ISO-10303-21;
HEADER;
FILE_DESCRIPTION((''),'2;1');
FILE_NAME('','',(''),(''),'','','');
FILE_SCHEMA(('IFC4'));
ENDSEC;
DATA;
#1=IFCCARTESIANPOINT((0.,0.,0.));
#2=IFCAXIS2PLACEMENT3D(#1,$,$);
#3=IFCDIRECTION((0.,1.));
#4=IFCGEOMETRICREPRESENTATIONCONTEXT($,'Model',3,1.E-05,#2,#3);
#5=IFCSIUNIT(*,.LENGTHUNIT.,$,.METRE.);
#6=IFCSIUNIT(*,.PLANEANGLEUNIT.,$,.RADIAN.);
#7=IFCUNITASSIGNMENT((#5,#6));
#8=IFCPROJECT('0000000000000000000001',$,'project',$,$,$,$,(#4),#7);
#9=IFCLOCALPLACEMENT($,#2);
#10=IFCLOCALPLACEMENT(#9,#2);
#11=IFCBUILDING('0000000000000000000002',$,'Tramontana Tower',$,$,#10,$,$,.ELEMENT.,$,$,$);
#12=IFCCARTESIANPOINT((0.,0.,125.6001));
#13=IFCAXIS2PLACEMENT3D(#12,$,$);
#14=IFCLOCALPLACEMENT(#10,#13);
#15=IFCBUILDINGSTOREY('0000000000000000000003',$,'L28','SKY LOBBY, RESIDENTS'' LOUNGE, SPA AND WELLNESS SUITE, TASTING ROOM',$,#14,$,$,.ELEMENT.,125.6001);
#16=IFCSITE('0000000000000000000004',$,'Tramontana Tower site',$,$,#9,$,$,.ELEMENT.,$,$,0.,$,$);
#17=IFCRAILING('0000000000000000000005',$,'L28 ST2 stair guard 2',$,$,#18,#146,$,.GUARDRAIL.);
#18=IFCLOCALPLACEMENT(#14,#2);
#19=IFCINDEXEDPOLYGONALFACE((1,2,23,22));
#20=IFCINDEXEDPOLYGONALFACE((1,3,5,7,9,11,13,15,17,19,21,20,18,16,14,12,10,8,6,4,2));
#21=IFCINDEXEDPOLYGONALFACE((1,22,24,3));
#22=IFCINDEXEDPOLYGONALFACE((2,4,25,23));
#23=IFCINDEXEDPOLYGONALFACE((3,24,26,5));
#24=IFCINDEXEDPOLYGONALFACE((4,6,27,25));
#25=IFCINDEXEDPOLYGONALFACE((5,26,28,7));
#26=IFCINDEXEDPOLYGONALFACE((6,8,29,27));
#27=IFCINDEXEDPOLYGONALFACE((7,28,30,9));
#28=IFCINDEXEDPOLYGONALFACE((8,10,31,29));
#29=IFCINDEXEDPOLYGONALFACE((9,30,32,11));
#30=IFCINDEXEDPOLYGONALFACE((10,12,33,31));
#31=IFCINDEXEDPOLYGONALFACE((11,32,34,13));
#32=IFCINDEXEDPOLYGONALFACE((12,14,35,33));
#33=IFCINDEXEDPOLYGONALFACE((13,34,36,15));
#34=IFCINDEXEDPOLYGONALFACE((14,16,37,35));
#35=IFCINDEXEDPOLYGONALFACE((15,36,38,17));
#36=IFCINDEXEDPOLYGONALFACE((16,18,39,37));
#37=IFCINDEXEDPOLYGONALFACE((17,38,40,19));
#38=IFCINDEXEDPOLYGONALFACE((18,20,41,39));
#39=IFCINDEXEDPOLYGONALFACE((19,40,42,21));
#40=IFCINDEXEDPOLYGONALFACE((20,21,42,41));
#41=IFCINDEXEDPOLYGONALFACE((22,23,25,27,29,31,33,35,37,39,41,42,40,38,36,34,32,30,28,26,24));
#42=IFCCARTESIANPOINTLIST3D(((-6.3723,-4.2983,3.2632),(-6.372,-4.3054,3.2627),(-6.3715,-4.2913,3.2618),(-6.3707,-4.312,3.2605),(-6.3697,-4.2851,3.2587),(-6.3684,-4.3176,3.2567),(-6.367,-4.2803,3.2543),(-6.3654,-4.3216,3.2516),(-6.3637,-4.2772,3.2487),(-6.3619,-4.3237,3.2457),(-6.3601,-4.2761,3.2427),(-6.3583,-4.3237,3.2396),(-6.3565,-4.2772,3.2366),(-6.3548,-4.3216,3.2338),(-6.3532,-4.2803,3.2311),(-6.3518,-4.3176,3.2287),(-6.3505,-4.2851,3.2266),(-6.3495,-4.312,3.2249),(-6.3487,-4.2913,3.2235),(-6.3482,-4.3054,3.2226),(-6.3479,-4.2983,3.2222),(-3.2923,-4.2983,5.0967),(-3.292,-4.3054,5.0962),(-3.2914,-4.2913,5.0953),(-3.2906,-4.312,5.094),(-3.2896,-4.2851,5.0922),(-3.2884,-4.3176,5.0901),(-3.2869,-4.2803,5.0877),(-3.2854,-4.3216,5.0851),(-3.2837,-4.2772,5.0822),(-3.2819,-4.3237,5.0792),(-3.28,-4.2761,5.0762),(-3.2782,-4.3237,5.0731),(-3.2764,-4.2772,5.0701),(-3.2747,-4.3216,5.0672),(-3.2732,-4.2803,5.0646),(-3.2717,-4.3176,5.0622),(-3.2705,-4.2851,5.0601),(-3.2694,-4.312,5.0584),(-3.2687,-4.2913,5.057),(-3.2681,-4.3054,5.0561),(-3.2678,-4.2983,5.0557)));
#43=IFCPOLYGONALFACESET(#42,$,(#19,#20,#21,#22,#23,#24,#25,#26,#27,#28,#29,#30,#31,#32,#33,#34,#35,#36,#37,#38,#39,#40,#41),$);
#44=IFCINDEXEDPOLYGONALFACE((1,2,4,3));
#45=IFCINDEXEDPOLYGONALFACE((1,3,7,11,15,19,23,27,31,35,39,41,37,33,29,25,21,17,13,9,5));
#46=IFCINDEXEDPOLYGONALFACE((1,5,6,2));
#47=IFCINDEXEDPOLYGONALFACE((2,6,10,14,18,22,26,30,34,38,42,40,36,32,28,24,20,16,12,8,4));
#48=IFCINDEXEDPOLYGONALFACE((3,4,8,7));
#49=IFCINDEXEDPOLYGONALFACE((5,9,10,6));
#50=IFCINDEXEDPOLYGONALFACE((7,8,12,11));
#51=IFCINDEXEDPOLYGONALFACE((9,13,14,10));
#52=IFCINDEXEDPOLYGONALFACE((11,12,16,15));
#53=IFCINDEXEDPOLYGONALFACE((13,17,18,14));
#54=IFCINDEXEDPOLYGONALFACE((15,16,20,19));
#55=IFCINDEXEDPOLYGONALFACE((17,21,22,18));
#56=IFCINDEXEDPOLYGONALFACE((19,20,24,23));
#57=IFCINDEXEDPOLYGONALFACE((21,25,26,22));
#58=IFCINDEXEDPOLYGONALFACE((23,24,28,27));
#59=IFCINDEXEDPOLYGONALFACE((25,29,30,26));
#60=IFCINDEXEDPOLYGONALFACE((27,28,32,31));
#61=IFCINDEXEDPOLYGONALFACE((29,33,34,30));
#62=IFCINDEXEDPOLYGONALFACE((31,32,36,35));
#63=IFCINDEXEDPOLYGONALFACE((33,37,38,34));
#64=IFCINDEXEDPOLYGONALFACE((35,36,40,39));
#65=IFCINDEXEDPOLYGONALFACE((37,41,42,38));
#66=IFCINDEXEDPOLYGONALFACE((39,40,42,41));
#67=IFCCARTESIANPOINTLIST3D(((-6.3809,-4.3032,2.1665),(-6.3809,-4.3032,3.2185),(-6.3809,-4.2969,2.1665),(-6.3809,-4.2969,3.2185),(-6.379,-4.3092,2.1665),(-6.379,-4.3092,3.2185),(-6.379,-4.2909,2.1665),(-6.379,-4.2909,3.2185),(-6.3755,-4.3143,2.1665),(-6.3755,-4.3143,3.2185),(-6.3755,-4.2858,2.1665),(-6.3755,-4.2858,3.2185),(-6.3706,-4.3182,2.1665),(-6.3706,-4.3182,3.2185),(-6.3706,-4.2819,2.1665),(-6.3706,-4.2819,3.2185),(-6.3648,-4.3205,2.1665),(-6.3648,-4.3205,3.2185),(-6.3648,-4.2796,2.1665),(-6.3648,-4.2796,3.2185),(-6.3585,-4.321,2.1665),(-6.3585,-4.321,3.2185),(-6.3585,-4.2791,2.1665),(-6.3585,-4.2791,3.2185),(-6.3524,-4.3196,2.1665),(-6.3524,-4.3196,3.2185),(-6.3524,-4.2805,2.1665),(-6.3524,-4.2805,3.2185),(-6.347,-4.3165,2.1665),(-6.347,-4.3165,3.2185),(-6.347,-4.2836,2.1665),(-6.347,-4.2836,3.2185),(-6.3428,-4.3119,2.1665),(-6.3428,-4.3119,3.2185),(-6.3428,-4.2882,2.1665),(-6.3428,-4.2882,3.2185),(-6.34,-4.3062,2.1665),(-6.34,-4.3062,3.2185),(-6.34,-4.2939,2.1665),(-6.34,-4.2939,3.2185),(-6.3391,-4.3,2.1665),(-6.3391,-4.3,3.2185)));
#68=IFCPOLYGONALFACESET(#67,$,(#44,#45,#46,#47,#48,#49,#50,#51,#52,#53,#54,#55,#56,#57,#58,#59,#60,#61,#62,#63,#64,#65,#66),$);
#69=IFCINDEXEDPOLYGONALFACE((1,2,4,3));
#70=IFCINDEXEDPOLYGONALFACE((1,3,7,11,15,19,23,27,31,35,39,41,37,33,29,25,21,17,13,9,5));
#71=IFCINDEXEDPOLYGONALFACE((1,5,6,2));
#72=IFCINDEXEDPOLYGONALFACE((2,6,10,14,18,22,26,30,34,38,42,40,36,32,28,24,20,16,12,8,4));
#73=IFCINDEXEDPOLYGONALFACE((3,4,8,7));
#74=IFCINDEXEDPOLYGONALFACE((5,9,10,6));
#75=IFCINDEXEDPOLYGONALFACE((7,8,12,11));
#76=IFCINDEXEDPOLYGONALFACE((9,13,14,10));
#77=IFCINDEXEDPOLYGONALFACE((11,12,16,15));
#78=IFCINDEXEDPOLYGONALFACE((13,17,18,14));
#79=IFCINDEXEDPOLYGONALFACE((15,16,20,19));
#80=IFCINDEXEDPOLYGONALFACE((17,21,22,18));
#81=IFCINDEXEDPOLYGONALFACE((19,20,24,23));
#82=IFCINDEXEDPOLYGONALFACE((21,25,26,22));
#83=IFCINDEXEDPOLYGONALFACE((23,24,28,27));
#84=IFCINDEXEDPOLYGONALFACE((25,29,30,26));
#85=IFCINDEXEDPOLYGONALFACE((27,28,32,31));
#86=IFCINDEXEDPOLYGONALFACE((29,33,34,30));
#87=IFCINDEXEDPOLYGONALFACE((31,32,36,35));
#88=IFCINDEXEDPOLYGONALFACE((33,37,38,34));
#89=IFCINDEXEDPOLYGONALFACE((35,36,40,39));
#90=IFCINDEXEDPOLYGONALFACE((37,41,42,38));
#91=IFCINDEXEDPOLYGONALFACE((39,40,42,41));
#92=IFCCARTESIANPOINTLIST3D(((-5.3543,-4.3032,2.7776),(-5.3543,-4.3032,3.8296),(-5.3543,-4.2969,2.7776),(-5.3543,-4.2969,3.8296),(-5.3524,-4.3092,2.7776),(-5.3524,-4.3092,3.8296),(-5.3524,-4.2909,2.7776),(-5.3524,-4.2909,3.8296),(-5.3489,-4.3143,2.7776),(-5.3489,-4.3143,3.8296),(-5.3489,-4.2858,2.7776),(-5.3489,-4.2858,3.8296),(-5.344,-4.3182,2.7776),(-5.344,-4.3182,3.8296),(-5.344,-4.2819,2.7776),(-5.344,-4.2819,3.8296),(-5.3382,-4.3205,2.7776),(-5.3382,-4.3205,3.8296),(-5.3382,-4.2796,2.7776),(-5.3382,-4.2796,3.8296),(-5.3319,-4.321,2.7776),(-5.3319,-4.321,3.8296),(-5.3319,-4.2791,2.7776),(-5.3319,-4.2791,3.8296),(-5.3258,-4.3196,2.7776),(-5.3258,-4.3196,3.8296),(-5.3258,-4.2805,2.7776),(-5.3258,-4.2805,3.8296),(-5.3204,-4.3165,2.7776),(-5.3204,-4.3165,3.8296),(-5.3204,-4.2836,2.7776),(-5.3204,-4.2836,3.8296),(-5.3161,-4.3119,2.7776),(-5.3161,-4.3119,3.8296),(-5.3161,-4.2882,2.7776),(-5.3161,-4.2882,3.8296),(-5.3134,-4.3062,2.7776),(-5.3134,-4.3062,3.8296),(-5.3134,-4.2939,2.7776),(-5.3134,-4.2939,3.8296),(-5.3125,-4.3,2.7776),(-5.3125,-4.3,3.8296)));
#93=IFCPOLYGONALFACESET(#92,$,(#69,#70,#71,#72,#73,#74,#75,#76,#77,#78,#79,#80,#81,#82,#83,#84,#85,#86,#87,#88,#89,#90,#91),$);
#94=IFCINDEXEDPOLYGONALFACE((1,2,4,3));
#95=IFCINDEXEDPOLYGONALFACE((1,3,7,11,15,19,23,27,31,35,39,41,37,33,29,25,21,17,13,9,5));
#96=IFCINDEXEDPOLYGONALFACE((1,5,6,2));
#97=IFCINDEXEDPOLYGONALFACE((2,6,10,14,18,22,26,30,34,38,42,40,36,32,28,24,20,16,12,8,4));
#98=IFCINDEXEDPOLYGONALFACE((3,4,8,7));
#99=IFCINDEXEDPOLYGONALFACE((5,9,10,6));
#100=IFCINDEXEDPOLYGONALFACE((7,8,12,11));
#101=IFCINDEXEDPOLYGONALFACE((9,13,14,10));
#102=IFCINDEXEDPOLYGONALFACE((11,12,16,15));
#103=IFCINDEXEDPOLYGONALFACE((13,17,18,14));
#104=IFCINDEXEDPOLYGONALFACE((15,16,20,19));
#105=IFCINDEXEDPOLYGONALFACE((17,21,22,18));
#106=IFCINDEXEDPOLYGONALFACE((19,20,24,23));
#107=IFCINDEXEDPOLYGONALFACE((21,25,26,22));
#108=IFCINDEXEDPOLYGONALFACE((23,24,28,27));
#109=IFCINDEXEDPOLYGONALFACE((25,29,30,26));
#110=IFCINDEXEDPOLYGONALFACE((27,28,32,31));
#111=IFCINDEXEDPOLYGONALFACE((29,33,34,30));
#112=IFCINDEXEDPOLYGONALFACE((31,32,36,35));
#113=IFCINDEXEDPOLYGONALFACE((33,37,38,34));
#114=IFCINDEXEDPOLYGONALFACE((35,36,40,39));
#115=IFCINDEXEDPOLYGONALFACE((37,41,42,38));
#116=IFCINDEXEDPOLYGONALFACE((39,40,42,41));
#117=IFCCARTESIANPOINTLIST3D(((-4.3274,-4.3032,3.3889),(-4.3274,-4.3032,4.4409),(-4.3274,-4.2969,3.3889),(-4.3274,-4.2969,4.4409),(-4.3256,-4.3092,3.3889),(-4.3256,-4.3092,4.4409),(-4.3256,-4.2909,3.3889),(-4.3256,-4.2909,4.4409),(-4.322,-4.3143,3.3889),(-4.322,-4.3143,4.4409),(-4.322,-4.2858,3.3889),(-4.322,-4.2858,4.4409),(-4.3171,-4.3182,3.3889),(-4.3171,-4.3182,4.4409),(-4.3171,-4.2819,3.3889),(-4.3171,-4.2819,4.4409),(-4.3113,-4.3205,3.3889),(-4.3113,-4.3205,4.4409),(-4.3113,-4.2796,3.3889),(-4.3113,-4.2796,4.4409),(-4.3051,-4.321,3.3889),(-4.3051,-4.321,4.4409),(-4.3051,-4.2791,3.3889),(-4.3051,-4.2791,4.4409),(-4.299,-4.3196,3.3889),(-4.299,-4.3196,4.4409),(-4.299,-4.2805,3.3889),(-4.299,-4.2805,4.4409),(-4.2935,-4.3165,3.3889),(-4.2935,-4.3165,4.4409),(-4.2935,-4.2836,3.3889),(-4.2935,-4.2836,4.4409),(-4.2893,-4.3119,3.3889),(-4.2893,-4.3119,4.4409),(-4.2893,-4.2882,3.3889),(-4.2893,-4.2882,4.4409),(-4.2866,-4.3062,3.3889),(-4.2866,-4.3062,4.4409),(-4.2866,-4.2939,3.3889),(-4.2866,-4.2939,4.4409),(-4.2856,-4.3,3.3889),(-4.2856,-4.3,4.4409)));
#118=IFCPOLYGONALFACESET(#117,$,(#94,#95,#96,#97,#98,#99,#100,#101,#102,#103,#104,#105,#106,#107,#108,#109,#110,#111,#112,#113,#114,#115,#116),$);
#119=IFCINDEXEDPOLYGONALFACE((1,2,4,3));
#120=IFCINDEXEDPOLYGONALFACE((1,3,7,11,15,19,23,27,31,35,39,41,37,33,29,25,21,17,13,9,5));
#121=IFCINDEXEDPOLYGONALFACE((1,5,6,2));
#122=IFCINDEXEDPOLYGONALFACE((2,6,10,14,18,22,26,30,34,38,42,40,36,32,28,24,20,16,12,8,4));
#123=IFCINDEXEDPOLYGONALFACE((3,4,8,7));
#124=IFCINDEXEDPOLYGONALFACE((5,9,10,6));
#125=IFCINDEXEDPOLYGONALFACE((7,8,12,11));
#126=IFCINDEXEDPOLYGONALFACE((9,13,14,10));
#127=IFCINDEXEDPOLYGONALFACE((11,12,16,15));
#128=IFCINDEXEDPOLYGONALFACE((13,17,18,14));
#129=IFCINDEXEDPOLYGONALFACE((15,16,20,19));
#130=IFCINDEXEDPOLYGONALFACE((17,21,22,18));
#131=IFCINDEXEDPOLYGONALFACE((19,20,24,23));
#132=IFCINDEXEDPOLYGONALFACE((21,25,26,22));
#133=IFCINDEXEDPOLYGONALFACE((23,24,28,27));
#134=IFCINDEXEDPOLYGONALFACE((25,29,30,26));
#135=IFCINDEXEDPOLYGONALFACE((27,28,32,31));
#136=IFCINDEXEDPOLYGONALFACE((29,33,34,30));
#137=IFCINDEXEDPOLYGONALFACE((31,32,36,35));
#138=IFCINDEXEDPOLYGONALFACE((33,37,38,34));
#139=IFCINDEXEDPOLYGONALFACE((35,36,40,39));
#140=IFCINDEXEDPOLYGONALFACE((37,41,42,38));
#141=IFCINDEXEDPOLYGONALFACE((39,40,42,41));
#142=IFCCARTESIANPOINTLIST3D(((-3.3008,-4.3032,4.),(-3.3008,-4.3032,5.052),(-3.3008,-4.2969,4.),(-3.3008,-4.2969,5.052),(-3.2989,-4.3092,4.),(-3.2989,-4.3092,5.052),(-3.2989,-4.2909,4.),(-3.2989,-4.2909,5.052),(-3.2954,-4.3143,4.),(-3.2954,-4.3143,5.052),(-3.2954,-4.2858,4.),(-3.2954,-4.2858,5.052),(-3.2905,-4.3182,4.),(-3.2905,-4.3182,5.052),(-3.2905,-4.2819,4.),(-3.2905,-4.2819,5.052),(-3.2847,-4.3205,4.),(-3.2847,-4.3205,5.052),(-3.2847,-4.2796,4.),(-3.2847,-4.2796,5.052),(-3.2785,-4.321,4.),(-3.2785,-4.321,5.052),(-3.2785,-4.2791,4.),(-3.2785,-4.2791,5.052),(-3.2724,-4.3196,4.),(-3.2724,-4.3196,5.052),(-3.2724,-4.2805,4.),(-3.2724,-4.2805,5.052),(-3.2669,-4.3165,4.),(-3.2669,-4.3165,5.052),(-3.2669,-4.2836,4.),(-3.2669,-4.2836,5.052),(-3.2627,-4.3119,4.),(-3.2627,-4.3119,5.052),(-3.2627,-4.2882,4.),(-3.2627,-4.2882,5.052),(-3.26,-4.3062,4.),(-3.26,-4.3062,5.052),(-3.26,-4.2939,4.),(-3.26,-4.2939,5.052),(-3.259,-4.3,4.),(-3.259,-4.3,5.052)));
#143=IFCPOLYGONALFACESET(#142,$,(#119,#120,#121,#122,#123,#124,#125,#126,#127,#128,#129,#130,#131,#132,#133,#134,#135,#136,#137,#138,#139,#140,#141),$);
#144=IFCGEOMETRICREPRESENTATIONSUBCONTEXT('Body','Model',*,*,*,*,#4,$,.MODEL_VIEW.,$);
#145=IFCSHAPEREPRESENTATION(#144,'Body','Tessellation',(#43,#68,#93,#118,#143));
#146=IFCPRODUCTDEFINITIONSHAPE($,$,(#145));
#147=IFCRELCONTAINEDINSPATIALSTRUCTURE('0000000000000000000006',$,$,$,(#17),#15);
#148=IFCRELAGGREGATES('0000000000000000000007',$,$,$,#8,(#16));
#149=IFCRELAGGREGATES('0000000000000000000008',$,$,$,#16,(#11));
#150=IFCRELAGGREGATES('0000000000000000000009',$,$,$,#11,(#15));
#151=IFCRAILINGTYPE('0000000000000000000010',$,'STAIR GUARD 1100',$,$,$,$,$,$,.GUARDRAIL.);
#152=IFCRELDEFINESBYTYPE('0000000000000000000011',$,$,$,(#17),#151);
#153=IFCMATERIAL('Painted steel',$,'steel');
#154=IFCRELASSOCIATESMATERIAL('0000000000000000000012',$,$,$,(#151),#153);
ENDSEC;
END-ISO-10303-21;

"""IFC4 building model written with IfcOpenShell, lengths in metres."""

from ifc_helpers import new_model, si_unit, direction, frame, origin, origin_2d, place, context, subcontext, project, spatial, circle, extrude, material, type_object, element, save


model = new_model("IFC4")

# Units and contexts
model_context = context("Model", 3, precision=1e-05, world=origin(), true_north=direction((0.0, 1.0)))
body_context = subcontext(model_context, "Body", "Model", "MODEL_VIEW")
ifc_project = project(units=[si_unit("LENGTHUNIT", "METRE"), si_unit("PLANEANGLEUNIT", "RADIAN")], contexts=[model_context])

# Site, building, storey
site_placement = place(None, origin())
site = spatial("IfcSite", under=ifc_project, at=site_placement, Name="Tramontana Tower site", CompositionType="ELEMENT", RefElevation=0.0)
building_placement = place(site_placement, origin())
building = spatial("IfcBuilding", under=site, at=building_placement, Name="Tramontana Tower", CompositionType="ELEMENT")
storey_placement = place(building_placement, frame((0.0, 0.0, 125.6001)))
storey = spatial("IfcBuildingStorey", under=building, at=storey_placement, Name="L28", Description="SKY LOBBY, RESIDENTS' LOUNGE, SPA AND WELLNESS SUITE, TASTING ROOM", CompositionType="ELEMENT", Elevation=125.6001)

# Railing
ifc_material_1 = material(Name="Painted steel", Category="steel")
railing_type_1 = type_object("IfcRailingType", Name="STAIR GUARD 1100", PredefinedType="GUARDRAIL", material=ifc_material_1)
railing_1_placement = place(storey_placement, frame((-6.3601, -4.3, 2.1665)))
element("IfcRailing", 1, at=railing_1_placement, inside=storey, type_object=railing_type_1, Name="L28 ST2 stair guard 2", PredefinedType="GUARDRAIL", context=body_context, shape_type="SweptSolid", body=[
    extrude(circle(Radius=0.0239, at=origin_2d()), frame((0.0, 0.0, 1.0762), z_axis=(0.859279, 0.0, 0.511508), x_axis=(0.0, 1.0, 0.0)), (0.0, 0.0, 1.0), 3.5845),
    extrude(circle(Radius=0.021, at=origin_2d()), origin(), (0.0, 0.0, 1.0), 1.052),
    extrude(circle(Radius=0.021, at=origin_2d()), frame((1.0266, 0.0, 0.6111)), (0.0, 0.0, 1.0), 1.052),
    extrude(circle(Radius=0.021, at=origin_2d()), frame((2.0535, 0.0, 1.2224)), (0.0, 0.0, 1.0), 1.052),
    extrude(circle(Radius=0.021, at=origin_2d()), frame((3.0801, 0.0, 1.8335)), (0.0, 0.0, 1.0), 1.052),
])

save(model, "model.ifc")
